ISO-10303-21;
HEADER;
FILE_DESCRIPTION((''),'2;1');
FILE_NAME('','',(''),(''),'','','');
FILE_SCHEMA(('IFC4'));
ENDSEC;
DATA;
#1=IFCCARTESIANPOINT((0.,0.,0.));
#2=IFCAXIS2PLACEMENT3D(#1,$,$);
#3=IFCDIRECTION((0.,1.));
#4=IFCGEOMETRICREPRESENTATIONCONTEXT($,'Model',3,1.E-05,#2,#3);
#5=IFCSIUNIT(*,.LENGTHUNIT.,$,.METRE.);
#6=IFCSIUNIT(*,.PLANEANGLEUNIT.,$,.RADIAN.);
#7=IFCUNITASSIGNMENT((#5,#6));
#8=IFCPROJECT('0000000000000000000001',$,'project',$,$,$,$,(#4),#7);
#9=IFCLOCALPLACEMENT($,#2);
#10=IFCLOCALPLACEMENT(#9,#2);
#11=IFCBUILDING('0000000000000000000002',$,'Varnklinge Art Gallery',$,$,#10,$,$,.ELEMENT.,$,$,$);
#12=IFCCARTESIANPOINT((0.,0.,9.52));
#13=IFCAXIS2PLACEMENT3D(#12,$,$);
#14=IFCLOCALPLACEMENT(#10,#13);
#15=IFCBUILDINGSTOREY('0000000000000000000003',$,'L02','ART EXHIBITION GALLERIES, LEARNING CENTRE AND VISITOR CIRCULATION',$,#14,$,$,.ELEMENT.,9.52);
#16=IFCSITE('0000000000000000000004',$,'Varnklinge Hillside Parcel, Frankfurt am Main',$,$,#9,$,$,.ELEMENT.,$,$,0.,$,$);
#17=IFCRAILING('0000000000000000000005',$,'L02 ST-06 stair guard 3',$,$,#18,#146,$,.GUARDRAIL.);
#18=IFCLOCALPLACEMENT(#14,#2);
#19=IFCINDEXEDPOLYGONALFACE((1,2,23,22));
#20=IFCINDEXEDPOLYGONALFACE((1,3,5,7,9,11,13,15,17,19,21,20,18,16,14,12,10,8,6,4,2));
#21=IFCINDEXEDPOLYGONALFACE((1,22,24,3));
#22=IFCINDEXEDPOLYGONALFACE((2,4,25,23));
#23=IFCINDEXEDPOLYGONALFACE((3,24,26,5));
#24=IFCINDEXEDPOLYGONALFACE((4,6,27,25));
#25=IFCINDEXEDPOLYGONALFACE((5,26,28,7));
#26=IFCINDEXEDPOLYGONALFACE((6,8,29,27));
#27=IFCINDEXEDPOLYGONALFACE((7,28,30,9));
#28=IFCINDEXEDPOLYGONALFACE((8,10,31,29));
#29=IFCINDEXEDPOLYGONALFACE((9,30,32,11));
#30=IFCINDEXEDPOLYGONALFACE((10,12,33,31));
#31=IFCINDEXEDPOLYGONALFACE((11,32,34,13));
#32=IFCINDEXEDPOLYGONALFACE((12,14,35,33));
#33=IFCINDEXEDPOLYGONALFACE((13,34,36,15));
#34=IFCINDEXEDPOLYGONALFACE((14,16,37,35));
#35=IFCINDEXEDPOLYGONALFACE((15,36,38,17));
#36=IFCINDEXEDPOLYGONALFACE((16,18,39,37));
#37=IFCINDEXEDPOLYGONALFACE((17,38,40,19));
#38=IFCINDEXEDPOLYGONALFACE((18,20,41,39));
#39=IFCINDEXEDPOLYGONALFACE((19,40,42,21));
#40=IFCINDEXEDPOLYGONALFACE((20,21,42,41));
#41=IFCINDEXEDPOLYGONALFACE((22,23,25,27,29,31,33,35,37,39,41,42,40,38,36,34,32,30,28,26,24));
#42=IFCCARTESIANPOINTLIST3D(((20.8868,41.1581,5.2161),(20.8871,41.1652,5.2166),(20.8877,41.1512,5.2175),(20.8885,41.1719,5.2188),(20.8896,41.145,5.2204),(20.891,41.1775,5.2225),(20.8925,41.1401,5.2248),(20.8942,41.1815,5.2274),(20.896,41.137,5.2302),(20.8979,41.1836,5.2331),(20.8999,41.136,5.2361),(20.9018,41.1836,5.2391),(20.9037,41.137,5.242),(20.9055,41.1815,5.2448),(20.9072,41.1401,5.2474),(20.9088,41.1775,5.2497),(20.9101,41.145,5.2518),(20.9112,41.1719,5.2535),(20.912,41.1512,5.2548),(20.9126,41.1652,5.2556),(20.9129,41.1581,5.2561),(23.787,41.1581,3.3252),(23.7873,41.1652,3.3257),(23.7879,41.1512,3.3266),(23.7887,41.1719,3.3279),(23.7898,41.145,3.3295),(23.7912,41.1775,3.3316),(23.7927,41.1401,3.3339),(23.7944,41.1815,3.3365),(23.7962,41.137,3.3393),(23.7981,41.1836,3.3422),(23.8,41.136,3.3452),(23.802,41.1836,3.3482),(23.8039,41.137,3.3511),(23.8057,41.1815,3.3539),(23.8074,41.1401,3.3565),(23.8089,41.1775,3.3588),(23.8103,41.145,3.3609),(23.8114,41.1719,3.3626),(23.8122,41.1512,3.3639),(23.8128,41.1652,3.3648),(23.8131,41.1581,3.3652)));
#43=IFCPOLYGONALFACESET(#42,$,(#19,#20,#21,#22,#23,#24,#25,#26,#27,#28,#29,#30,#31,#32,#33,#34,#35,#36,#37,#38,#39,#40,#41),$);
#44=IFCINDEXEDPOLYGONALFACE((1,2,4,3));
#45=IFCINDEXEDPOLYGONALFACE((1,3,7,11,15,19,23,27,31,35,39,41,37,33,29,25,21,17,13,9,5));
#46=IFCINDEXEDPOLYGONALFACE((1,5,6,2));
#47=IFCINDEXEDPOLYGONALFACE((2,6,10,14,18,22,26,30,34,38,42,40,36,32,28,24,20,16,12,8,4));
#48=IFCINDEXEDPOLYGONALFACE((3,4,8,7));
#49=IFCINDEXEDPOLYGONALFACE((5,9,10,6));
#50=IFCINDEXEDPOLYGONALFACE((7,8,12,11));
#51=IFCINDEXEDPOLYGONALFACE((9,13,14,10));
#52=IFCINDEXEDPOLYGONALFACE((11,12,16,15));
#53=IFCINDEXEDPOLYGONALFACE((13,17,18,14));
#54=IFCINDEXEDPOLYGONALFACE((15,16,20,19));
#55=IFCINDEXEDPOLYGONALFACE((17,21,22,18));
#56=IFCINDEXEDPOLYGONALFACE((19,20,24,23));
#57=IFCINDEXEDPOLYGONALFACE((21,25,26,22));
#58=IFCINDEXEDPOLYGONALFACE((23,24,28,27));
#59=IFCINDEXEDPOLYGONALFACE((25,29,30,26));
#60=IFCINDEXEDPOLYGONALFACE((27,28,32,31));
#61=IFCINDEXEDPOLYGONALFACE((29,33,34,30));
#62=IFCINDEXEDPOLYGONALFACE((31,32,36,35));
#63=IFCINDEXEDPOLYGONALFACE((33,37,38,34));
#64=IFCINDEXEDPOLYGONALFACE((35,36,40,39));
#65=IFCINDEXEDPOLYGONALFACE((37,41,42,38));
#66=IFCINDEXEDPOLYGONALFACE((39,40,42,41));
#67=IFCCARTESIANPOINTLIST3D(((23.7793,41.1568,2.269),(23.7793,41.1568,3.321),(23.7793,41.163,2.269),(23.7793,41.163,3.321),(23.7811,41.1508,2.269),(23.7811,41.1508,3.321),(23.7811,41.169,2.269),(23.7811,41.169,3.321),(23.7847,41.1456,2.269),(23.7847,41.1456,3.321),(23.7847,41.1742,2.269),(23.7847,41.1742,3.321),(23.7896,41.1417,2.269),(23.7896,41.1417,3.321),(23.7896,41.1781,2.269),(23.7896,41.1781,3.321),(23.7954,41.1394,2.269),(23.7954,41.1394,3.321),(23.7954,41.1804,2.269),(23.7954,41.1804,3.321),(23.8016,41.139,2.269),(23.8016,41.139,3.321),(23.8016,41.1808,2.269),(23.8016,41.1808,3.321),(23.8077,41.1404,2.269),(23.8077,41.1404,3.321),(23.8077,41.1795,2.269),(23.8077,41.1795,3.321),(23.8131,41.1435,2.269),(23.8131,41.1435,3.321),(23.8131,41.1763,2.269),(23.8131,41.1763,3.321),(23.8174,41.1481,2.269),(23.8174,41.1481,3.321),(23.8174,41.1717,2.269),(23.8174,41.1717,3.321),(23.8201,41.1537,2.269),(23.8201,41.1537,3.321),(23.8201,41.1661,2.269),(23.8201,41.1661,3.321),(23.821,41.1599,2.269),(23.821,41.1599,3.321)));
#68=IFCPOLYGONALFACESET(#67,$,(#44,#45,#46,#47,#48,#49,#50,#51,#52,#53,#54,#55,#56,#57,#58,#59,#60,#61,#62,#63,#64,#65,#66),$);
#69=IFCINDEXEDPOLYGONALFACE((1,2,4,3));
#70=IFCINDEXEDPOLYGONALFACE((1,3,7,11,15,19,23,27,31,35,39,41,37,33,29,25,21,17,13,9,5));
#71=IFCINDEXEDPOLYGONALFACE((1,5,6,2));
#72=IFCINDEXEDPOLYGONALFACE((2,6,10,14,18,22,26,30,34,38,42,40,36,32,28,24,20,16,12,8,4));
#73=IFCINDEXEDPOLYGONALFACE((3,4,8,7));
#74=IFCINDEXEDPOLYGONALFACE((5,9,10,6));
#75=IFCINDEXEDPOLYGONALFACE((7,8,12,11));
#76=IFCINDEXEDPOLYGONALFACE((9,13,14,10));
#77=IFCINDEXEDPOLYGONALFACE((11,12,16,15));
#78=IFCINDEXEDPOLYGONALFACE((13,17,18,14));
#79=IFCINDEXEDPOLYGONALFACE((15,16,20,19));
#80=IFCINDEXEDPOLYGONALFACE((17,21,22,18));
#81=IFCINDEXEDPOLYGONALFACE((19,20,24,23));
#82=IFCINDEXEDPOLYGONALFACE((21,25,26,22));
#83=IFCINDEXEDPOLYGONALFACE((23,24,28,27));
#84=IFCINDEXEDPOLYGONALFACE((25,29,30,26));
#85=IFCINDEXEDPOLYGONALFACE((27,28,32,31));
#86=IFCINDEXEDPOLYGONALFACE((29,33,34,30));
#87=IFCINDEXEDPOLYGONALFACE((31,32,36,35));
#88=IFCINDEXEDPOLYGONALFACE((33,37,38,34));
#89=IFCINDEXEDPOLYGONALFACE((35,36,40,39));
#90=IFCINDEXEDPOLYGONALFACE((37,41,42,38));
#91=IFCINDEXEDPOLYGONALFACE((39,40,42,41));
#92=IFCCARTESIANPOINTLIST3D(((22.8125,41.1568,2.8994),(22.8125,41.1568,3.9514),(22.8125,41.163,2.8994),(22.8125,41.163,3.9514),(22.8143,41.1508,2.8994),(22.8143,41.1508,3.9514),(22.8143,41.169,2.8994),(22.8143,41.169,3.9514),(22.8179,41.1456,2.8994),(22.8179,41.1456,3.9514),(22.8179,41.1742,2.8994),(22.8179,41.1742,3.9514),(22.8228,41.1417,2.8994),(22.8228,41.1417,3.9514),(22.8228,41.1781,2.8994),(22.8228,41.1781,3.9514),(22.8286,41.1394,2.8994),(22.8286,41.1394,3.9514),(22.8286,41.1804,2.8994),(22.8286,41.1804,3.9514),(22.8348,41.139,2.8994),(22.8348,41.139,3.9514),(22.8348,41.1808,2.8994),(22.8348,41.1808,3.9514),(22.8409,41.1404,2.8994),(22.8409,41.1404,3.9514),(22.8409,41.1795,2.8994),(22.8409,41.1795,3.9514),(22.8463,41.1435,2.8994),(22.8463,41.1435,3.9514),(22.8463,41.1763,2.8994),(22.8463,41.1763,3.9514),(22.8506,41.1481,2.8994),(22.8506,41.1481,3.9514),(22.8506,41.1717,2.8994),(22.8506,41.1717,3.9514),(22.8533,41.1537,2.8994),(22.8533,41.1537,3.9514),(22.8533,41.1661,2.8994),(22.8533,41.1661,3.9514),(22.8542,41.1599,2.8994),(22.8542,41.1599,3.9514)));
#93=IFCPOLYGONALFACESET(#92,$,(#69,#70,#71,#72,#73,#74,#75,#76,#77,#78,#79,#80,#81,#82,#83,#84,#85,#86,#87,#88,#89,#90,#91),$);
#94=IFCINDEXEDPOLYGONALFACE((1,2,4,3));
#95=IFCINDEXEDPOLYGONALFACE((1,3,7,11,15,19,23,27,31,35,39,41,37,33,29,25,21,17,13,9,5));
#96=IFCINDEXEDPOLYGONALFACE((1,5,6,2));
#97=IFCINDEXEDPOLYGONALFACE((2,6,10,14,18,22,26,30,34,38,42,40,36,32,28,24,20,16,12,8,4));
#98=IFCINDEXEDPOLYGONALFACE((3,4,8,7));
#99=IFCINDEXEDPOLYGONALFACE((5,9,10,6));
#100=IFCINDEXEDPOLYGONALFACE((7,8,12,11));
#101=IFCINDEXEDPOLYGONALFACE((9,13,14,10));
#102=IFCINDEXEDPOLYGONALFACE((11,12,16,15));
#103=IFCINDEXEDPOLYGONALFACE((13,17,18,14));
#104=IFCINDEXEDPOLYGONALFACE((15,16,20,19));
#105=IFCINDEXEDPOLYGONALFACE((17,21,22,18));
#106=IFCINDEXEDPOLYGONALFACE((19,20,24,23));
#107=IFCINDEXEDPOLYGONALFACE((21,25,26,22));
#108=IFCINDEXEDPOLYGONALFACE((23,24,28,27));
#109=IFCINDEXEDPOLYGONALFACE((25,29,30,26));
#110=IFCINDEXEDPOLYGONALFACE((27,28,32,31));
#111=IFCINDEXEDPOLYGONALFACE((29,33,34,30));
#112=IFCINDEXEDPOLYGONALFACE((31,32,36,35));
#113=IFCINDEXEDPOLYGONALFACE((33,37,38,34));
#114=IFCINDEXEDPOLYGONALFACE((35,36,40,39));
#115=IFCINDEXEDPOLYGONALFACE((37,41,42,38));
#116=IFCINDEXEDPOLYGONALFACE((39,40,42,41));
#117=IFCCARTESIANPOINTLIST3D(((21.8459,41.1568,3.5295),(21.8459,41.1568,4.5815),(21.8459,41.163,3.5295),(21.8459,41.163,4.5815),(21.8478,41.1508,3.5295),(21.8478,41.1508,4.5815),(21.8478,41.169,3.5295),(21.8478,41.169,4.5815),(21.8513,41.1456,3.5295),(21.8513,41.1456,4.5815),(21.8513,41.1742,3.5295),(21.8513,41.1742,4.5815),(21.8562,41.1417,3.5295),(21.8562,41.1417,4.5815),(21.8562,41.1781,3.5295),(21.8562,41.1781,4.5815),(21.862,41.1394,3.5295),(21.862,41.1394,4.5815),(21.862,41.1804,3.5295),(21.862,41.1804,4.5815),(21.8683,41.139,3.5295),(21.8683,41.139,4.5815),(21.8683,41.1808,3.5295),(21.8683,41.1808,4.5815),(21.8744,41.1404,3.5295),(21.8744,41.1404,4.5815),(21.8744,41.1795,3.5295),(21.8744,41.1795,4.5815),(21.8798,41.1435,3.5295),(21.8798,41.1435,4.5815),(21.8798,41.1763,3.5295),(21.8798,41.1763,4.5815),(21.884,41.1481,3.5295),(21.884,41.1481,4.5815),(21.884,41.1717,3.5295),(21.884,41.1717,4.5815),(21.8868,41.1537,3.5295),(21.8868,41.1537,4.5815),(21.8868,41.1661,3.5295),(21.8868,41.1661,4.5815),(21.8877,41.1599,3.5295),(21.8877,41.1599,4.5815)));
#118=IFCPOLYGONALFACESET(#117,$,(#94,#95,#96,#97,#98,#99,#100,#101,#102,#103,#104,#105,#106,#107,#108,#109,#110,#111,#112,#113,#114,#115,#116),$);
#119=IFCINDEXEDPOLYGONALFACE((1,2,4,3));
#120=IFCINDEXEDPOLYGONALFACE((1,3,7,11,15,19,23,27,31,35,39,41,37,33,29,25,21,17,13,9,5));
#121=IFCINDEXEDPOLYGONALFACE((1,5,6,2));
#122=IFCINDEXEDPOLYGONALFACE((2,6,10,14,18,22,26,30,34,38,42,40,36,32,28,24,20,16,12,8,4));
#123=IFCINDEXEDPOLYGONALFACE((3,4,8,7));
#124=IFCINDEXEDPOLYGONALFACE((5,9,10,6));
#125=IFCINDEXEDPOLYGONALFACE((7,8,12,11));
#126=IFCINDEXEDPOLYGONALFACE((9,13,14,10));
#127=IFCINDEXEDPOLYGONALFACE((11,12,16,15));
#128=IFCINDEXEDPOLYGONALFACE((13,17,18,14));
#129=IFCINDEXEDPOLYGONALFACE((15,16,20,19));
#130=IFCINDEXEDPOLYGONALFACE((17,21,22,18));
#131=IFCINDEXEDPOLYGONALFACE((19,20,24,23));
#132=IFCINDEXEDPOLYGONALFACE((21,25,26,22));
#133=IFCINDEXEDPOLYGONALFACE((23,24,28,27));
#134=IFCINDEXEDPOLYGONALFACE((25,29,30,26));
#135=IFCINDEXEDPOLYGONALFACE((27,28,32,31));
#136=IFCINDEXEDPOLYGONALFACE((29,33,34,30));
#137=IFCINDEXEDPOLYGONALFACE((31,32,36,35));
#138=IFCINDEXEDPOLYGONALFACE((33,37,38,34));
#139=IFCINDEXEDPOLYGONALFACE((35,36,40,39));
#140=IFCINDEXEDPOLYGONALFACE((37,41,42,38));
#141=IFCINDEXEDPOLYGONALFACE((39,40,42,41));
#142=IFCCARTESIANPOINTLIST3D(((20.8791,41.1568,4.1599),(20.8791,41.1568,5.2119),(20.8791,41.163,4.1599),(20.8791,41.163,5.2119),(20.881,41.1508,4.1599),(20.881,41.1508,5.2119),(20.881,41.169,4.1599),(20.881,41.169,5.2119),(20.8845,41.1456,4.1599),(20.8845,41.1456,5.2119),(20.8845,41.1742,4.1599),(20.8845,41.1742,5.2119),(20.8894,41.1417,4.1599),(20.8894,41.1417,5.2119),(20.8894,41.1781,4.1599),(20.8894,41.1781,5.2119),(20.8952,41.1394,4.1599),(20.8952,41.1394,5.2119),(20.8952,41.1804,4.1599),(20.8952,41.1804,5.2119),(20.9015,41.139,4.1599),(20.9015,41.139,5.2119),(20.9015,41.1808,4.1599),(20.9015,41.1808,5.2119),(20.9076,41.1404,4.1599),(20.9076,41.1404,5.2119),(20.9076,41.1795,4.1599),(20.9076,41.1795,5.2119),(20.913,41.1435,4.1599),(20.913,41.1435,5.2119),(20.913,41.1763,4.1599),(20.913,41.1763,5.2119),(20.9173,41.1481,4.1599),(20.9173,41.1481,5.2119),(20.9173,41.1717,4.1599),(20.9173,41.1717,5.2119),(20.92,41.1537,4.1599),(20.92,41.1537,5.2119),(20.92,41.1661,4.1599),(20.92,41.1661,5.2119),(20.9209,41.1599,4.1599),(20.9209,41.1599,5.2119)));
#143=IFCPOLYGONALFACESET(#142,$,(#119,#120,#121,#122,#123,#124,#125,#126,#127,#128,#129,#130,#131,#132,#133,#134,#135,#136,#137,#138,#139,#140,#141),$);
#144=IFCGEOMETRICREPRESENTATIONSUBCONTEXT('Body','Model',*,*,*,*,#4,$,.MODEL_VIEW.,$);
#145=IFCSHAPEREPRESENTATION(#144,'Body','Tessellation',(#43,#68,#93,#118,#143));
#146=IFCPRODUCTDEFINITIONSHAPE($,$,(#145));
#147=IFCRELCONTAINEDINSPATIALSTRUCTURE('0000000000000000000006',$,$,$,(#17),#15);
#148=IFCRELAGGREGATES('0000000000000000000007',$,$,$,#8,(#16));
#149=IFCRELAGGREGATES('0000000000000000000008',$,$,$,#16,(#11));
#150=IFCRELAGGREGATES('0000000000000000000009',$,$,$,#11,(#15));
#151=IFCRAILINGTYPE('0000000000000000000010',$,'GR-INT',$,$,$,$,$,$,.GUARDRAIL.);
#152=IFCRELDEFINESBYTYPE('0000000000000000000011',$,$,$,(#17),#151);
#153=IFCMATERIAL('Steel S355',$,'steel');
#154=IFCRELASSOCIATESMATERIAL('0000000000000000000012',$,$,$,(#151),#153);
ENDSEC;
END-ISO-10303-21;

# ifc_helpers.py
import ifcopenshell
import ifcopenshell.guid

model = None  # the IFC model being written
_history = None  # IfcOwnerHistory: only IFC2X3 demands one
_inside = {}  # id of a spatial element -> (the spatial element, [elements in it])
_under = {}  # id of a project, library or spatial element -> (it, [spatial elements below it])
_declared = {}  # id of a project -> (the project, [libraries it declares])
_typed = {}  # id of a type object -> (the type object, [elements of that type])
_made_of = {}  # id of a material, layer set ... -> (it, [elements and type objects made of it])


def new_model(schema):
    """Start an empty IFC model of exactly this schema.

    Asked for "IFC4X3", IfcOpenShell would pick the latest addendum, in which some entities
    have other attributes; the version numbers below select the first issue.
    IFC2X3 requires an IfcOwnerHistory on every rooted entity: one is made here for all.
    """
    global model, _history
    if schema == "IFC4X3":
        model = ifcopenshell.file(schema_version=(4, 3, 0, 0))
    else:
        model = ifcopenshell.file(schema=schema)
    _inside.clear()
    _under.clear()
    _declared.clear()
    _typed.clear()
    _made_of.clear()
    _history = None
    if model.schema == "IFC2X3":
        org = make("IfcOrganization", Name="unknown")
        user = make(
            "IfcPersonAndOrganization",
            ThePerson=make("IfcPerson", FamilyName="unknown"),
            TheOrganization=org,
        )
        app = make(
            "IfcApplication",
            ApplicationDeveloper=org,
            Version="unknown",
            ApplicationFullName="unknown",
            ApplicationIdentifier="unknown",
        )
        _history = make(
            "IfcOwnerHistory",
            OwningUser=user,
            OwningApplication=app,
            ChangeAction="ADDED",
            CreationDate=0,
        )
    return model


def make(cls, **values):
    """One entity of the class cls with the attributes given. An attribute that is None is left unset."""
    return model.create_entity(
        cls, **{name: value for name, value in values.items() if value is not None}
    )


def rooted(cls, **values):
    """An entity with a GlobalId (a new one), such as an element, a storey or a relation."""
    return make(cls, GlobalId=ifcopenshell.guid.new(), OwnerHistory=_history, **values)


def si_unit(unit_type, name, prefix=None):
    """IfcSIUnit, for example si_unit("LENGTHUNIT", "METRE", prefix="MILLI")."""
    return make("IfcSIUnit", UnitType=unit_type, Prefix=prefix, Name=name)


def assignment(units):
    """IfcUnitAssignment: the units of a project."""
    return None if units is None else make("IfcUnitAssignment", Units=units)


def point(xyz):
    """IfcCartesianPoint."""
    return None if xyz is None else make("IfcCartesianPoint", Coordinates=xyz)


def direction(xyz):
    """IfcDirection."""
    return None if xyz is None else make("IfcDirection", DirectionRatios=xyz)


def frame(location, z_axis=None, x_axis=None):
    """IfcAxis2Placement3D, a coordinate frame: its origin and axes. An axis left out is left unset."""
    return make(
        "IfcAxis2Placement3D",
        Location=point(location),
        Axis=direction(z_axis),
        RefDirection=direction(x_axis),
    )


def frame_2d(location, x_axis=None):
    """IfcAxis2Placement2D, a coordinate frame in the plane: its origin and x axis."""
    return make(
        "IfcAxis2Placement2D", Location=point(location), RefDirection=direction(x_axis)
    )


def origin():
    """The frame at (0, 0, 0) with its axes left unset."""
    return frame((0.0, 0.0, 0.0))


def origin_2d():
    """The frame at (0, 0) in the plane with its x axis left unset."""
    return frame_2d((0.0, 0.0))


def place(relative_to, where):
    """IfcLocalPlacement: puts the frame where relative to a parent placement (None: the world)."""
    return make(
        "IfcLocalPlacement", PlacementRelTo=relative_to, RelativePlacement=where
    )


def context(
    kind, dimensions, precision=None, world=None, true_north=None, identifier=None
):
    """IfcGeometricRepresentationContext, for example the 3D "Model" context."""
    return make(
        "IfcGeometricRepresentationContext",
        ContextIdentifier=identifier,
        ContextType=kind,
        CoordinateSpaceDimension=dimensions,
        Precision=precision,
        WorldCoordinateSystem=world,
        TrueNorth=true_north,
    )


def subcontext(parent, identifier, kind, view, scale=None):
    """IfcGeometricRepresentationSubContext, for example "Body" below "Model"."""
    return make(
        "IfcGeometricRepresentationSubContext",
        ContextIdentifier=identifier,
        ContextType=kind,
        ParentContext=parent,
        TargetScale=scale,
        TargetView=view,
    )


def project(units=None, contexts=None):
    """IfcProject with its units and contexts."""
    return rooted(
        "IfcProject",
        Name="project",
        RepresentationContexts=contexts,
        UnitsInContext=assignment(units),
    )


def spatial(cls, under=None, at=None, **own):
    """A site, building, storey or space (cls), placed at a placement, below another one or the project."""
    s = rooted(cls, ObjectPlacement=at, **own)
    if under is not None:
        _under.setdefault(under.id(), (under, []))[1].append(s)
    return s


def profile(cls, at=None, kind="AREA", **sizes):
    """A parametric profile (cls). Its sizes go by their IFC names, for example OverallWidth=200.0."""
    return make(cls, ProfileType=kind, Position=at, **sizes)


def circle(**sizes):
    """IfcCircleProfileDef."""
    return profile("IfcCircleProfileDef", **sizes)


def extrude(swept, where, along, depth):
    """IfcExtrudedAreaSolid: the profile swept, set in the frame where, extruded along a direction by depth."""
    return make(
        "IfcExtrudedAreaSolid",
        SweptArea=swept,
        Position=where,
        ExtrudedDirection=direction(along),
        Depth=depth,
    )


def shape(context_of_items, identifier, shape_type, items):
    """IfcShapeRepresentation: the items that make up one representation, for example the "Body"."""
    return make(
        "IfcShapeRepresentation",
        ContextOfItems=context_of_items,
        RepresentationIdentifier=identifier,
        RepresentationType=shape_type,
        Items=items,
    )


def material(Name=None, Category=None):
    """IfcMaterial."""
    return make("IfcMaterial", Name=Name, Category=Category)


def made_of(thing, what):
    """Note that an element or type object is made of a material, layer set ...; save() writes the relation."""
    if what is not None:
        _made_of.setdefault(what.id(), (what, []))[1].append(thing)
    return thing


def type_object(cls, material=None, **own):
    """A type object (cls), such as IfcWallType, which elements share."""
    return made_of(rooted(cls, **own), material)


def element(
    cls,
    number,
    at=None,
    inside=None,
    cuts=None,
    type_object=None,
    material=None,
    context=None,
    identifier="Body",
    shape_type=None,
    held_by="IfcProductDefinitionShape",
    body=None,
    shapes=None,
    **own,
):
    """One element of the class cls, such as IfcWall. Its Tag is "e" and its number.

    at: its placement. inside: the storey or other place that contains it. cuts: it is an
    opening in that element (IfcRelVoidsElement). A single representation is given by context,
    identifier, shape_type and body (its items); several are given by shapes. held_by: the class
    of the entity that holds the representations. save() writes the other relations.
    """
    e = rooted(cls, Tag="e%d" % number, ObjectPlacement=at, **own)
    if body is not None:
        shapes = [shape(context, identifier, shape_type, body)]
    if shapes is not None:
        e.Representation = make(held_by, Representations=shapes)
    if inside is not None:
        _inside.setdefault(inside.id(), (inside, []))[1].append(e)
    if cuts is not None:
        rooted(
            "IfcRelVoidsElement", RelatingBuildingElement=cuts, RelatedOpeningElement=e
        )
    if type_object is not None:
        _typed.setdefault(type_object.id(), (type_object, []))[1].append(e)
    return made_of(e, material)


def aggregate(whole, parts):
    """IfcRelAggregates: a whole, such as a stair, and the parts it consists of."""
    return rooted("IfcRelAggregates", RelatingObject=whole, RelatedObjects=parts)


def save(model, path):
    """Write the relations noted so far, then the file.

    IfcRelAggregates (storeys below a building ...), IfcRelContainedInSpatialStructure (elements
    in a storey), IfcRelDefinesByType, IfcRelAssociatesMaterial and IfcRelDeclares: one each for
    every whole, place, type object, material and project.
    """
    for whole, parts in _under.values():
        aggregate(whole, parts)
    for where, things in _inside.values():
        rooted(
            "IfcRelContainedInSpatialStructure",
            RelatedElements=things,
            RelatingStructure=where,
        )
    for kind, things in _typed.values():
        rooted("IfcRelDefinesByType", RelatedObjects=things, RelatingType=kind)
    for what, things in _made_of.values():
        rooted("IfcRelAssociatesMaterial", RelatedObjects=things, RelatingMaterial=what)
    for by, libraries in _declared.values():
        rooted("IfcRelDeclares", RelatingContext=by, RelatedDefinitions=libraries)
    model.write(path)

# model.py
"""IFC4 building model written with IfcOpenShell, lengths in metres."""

from ifc_helpers import new_model, si_unit, direction, frame, origin, origin_2d, place, context, subcontext, project, spatial, circle, extrude, material, type_object, element, save


model = new_model("IFC4")

# Units and contexts
model_context = context("Model", 3, precision=1e-05, world=origin(), true_north=direction((0.0, 1.0)))
body_context = subcontext(model_context, "Body", "Model", "MODEL_VIEW")
ifc_project = project(units=[si_unit("LENGTHUNIT", "METRE"), si_unit("PLANEANGLEUNIT", "RADIAN")], contexts=[model_context])

# Site, building, storey
site_placement = place(None, origin())
site = spatial("IfcSite", under=ifc_project, at=site_placement, Name="Varnklinge Hillside Parcel, Frankfurt am Main", CompositionType="ELEMENT", RefElevation=0.0)
building_placement = place(site_placement, origin())
building = spatial("IfcBuilding", under=site, at=building_placement, Name="Varnklinge Art Gallery", CompositionType="ELEMENT")
storey_placement = place(building_placement, frame((0.0, 0.0, 9.52)))
storey = spatial("IfcBuildingStorey", under=building, at=storey_placement, Name="L02", Description="ART EXHIBITION GALLERIES, LEARNING CENTRE AND VISITOR CIRCULATION", CompositionType="ELEMENT", Elevation=9.52)

# Railing
ifc_material_1 = material(Name="Steel S355", Category="steel")
railing_type_1 = type_object("IfcRailingType", Name="GR-INT", PredefinedType="GUARDRAIL", material=ifc_material_1)
railing_1_placement = place(storey_placement, frame((23.8, 41.1599, 2.269)))
element("IfcRailing", 1, at=railing_1_placement, inside=storey, type_object=railing_type_1, Name="L02 ST-06 stair guard 3", PredefinedType="GUARDRAIL", context=body_context, shape_type="SweptSolid", body=[
    extrude(circle(Radius=0.0239, at=origin_2d()), frame((0.0, 0.0, 1.0762), z_axis=(-0.837681, 0.0, 0.54616), x_axis=(0.0, -1.0, 0.0)), (0.0, 0.0, 1.0), 3.4622),
    extrude(circle(Radius=0.021, at=origin_2d()), origin(), (0.0, 0.0, 1.0), 1.052),
    extrude(circle(Radius=0.021, at=origin_2d()), frame((-0.9668, 0.0, 0.6304)), (0.0, 0.0, 1.0), 1.052),
    extrude(circle(Radius=0.021, at=origin_2d()), frame((-1.9333, 0.0, 1.2605)), (0.0, 0.0, 1.0), 1.052),
    extrude(circle(Radius=0.021, at=origin_2d()), frame((-2.9001, 0.0, 1.8909)), (0.0, 0.0, 1.0), 1.052),
])

save(model, "model.ifc")
